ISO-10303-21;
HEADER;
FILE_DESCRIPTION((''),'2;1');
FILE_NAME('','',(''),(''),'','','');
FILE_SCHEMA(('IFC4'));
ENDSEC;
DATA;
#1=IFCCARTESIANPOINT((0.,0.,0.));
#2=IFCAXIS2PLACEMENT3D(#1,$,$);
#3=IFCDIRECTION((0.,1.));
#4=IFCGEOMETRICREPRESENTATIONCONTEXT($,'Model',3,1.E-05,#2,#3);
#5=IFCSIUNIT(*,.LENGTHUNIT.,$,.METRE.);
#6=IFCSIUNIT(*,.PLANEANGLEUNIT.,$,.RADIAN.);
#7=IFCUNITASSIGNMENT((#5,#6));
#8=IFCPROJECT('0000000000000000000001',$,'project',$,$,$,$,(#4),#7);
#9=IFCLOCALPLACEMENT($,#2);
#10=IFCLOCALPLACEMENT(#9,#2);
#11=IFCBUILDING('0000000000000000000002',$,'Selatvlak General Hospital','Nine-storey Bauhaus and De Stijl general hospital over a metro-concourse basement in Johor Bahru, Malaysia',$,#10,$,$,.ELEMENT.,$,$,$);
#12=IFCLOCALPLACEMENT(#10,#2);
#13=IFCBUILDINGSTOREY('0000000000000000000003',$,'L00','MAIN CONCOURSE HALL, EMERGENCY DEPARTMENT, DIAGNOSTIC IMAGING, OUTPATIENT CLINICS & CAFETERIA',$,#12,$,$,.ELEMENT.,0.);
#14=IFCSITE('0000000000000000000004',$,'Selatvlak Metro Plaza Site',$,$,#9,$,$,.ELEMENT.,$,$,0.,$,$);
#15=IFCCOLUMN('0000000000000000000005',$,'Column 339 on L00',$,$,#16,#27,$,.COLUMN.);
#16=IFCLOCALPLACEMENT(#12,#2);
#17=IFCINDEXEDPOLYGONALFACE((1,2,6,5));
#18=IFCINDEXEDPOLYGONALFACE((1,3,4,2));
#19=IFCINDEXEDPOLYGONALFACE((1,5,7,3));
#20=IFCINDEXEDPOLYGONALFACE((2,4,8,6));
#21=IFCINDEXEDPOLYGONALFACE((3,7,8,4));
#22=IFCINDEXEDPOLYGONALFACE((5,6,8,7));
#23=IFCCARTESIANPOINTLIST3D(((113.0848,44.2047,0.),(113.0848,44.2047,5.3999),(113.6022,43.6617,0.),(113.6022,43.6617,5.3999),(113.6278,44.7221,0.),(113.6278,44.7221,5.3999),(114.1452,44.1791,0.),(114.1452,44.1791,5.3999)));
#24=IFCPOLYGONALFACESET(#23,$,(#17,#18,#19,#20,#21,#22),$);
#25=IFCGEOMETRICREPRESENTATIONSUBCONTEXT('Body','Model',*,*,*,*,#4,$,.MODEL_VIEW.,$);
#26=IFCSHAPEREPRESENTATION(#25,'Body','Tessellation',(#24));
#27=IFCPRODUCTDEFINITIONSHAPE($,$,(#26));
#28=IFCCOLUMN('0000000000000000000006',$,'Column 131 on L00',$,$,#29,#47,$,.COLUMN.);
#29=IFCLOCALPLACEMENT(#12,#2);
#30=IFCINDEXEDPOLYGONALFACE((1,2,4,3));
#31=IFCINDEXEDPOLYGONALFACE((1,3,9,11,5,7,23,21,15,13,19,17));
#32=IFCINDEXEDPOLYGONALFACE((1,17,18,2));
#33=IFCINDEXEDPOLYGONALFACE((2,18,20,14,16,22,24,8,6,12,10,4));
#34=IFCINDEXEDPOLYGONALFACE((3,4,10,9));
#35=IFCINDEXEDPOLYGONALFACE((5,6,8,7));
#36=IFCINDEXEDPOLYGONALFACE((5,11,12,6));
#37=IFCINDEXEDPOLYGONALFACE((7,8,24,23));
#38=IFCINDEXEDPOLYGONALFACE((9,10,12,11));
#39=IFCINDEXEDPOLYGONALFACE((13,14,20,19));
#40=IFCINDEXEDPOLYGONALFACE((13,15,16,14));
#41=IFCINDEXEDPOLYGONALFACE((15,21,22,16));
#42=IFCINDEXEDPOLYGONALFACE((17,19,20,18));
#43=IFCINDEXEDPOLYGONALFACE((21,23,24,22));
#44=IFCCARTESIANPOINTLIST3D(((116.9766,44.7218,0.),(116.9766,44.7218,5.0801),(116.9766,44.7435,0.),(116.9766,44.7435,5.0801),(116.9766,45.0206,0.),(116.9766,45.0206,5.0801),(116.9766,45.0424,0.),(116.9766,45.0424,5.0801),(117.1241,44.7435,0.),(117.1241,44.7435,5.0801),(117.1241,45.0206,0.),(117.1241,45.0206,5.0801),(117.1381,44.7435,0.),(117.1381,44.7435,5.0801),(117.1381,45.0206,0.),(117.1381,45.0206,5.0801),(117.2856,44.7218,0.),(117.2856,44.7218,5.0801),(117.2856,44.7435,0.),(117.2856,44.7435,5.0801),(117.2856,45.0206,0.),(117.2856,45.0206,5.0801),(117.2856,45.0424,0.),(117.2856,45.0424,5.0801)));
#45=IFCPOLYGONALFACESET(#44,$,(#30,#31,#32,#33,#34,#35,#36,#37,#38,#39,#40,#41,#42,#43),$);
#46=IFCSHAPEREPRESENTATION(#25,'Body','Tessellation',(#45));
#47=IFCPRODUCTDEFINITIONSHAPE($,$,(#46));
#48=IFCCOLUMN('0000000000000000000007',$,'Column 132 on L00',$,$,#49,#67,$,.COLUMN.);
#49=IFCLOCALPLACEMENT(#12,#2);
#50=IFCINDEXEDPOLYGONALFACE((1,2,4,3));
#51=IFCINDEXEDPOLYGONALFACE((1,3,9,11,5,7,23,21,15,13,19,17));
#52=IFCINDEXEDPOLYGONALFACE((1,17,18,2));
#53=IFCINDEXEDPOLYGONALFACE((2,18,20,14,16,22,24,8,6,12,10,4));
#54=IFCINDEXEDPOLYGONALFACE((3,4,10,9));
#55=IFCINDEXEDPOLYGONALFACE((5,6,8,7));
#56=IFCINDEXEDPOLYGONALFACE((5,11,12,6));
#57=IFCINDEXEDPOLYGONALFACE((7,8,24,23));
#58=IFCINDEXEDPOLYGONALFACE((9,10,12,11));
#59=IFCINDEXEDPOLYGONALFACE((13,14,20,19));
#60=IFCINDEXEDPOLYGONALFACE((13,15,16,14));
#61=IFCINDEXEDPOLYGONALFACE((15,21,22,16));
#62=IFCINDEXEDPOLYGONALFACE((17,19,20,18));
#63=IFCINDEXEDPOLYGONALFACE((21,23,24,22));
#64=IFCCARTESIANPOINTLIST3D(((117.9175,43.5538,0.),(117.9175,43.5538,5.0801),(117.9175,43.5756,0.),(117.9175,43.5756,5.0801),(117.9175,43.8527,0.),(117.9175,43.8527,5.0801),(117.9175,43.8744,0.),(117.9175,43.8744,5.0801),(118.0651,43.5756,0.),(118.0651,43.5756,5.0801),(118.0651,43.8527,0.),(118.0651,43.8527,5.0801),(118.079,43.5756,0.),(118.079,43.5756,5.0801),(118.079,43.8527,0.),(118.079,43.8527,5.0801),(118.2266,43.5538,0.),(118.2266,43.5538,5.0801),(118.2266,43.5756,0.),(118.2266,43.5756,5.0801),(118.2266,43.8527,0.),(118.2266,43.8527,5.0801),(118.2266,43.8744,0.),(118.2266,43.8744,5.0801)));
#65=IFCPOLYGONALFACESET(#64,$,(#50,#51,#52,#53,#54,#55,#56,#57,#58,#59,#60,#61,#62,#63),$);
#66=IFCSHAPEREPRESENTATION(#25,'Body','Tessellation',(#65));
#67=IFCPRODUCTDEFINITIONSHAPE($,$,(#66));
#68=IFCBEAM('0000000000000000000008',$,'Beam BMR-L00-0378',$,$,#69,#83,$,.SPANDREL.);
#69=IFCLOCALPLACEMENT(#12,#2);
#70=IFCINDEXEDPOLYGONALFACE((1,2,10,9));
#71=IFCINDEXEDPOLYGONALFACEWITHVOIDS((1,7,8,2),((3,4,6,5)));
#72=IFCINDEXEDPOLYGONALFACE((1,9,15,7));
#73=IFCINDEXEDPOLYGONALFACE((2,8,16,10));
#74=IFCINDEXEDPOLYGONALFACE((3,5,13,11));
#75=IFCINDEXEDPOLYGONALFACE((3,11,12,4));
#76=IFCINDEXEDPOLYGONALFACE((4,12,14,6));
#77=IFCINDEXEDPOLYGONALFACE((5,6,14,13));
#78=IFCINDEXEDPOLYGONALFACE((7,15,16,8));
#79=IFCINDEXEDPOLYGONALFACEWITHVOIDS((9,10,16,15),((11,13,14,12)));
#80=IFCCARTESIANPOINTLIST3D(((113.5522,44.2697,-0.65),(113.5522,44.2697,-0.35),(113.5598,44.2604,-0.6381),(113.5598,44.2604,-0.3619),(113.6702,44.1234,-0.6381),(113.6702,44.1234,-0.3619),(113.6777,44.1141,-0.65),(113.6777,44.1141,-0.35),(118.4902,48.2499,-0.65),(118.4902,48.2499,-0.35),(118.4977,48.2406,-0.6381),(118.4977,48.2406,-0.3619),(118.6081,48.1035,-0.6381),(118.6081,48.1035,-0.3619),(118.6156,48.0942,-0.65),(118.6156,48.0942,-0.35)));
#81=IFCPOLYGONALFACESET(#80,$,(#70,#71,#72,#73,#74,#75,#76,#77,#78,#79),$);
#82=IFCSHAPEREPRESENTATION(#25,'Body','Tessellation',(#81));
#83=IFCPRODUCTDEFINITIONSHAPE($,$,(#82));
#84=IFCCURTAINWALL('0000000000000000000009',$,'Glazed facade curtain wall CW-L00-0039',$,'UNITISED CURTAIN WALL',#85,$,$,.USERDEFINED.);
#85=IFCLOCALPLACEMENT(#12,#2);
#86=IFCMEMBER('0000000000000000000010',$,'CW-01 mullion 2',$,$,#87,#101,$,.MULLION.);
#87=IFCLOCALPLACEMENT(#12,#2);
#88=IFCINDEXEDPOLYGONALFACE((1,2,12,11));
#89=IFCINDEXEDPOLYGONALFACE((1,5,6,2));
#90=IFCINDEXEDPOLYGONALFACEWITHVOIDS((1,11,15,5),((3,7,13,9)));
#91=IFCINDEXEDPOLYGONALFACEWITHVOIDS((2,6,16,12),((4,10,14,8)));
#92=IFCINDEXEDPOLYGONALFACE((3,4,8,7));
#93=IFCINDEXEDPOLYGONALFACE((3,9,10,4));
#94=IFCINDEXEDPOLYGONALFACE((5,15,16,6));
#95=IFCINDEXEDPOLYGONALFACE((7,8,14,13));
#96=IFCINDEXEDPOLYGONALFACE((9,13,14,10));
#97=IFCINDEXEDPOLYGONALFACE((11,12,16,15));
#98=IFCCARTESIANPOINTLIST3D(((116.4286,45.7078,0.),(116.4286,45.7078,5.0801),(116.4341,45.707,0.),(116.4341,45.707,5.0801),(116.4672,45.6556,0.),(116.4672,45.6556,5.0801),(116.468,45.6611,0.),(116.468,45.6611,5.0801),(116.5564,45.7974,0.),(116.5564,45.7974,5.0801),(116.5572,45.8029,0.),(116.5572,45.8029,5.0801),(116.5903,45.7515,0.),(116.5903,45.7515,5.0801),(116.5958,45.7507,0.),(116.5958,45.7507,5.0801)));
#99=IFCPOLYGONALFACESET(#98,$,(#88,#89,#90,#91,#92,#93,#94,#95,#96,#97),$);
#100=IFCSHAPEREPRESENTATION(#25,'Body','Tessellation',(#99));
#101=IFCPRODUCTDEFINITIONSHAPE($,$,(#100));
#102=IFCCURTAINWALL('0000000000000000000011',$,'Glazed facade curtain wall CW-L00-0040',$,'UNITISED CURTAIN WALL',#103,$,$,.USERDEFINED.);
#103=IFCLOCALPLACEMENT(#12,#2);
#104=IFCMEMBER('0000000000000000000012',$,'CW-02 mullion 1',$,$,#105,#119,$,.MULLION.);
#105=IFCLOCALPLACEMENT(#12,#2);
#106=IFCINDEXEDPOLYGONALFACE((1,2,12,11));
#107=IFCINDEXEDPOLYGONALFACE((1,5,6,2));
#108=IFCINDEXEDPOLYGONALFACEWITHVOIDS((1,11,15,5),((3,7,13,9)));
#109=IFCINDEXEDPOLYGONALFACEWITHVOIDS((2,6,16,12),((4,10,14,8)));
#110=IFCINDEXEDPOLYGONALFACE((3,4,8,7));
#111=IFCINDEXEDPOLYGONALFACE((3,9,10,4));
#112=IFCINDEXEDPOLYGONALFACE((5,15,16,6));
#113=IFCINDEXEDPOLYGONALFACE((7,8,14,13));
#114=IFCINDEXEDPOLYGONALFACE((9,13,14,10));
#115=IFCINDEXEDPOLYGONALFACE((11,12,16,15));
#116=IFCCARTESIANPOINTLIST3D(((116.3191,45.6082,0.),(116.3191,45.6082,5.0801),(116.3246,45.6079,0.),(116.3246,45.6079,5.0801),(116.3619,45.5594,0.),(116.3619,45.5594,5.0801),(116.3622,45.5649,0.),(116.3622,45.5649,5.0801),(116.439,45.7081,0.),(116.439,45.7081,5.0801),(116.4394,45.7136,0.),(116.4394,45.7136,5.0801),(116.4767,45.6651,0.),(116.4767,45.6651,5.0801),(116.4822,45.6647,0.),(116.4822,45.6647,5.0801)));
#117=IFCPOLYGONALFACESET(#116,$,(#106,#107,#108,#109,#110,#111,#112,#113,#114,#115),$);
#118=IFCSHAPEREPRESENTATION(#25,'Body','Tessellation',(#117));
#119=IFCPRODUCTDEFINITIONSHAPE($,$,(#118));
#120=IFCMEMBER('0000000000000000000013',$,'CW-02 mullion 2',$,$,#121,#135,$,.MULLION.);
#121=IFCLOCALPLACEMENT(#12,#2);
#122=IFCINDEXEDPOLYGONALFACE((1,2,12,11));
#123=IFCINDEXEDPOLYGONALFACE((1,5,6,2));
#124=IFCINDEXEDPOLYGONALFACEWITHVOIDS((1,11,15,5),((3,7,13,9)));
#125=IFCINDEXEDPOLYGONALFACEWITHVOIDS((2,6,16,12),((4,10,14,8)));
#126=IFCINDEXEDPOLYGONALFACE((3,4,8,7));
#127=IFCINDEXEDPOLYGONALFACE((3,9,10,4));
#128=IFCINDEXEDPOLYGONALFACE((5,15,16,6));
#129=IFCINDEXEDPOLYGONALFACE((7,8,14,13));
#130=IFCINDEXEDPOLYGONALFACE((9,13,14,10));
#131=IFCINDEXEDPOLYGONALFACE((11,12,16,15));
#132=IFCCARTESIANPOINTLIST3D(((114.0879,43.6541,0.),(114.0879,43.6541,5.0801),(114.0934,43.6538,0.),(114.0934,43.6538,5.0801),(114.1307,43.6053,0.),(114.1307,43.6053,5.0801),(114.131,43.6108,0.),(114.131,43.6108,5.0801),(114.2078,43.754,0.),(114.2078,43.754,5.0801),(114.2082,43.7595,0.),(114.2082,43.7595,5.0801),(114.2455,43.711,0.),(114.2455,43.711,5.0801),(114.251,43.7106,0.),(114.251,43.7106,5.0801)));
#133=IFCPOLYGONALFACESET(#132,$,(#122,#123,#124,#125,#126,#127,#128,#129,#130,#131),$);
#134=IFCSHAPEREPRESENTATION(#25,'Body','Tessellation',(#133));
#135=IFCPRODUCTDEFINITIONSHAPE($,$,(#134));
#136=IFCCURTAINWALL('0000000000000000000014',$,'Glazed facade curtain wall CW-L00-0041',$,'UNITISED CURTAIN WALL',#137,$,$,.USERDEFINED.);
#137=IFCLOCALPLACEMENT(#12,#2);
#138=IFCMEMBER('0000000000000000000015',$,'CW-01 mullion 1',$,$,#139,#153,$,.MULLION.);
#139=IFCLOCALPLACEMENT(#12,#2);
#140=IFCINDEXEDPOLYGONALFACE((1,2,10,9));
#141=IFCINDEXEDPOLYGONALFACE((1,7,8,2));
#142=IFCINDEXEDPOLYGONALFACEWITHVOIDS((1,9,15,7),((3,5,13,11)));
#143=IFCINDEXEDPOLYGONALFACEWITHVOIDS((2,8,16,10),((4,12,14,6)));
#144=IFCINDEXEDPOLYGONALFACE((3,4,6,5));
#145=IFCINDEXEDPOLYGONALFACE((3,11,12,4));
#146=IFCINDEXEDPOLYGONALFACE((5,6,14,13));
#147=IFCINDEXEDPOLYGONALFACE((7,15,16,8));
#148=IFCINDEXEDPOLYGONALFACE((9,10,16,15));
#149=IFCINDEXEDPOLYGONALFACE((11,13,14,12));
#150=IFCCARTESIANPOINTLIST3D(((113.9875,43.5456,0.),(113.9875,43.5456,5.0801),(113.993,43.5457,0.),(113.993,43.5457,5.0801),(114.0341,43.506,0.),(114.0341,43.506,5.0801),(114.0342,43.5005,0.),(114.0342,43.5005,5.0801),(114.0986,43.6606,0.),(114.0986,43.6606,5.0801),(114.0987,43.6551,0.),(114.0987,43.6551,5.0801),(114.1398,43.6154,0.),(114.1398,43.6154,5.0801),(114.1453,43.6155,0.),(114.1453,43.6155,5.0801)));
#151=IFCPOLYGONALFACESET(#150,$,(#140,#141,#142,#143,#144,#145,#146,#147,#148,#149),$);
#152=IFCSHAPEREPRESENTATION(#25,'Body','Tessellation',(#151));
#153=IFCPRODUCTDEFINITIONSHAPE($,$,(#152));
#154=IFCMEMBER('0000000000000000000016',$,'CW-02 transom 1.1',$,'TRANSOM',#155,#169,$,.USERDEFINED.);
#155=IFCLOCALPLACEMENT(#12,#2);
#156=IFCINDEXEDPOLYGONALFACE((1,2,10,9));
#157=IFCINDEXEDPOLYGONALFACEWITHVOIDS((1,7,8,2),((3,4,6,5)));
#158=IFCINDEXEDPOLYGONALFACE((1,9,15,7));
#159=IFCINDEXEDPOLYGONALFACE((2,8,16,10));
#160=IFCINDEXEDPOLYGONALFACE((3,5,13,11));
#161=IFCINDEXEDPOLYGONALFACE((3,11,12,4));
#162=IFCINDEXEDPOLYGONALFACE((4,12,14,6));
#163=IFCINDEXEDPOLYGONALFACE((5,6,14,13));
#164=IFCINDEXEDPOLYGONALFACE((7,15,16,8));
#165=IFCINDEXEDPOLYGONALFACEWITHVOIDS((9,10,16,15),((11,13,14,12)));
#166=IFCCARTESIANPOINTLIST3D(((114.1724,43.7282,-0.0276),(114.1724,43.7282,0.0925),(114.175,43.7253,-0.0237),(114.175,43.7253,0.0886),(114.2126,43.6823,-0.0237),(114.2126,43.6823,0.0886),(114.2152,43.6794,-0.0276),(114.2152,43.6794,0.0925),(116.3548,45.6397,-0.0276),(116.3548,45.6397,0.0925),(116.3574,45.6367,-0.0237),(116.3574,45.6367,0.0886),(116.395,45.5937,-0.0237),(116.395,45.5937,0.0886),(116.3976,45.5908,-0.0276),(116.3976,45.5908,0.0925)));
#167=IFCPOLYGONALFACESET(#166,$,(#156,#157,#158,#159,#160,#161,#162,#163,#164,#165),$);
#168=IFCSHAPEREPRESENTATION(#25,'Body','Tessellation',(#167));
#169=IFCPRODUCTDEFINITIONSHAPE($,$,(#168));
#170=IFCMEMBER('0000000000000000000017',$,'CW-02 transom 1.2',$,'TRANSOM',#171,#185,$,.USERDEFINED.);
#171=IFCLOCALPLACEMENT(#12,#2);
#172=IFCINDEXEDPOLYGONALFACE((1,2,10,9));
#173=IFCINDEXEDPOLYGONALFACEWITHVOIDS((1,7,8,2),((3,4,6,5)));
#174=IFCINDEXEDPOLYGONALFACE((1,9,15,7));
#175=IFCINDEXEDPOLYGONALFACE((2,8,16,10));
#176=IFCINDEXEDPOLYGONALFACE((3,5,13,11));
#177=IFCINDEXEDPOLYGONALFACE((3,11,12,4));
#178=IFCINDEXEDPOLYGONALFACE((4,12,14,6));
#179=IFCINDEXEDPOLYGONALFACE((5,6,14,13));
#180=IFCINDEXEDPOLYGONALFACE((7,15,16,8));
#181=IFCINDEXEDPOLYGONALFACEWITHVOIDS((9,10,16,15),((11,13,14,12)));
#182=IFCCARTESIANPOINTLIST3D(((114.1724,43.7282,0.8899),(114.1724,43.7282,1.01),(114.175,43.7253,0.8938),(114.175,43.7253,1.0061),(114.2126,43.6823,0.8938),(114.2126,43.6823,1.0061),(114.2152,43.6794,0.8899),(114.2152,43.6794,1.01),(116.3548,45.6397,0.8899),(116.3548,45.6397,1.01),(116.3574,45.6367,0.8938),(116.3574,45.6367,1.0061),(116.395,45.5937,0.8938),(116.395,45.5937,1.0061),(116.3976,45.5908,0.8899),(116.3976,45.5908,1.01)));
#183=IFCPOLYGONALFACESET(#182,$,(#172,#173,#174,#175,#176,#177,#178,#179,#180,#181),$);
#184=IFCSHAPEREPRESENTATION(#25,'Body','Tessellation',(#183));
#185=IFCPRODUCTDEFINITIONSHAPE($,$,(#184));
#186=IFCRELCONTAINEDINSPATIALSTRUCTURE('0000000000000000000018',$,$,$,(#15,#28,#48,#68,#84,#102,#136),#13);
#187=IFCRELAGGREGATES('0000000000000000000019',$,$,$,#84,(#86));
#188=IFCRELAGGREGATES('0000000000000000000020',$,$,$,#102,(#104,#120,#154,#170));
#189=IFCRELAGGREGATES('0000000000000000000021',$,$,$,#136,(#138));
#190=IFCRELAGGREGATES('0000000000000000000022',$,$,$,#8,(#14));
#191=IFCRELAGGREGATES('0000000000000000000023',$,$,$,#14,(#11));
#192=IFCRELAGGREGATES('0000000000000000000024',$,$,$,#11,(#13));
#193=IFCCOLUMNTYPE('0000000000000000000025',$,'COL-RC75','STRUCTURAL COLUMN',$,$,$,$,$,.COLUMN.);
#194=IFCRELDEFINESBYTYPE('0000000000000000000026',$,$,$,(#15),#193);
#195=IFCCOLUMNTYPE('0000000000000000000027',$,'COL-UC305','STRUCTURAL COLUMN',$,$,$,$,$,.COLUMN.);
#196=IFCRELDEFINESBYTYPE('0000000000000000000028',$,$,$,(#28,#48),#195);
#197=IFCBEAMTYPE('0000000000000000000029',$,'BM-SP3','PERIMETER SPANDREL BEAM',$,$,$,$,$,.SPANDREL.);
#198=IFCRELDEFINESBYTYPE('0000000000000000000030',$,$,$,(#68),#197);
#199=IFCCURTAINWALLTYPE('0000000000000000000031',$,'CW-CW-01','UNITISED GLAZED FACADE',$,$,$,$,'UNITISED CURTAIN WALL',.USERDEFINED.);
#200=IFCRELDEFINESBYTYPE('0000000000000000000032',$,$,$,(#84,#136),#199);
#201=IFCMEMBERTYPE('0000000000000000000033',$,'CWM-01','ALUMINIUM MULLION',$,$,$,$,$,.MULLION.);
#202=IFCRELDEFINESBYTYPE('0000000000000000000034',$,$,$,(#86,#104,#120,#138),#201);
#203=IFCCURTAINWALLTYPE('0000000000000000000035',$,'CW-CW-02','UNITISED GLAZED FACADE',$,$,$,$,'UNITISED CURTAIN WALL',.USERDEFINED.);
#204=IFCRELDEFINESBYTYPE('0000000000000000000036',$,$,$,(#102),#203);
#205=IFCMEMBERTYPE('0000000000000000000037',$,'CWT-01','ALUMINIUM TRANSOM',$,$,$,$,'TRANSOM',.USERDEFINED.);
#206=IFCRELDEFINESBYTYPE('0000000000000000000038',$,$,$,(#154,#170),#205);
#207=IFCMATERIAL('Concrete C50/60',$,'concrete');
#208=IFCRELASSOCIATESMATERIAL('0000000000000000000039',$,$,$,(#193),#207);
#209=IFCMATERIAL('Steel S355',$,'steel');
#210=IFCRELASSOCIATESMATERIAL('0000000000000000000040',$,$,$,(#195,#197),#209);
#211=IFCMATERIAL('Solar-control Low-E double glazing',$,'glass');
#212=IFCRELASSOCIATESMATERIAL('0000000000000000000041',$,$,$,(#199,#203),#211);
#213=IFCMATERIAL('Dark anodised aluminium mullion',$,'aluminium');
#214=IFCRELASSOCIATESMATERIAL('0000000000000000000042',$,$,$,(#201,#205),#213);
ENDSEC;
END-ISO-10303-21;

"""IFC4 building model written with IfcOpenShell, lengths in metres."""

from ifc_helpers import new_model, si_unit, direction, frame, origin, origin_2d, place, context, subcontext, project, spatial, rectangle, hollow_rectangle, i_section, extrude, material, material_profile, profile_set, type_object, element, aggregate, save


model = new_model("IFC4")

# Units and contexts
model_context = context("Model", 3, precision=1e-05, world=origin(), true_north=direction((0.0, 1.0)))
body_context = subcontext(model_context, "Body", "Model", "MODEL_VIEW")
ifc_project = project(units=[si_unit("LENGTHUNIT", "METRE"), si_unit("PLANEANGLEUNIT", "RADIAN")], contexts=[model_context])

# Site, building, storey
site_placement = place(None, origin())
site = spatial("IfcSite", under=ifc_project, at=site_placement, Name="Selatvlak Metro Plaza Site", CompositionType="ELEMENT", RefElevation=0.0)
building_placement = place(site_placement, origin())
building = spatial("IfcBuilding", under=site, at=building_placement, Name="Selatvlak General Hospital", Description="Nine-storey Bauhaus and De Stijl general hospital over a metro-concourse basement in Johor Bahru, Malaysia", CompositionType="ELEMENT")
storey_placement = place(building_placement, origin())
storey = spatial("IfcBuildingStorey", under=building, at=storey_placement, Name="L00", Description="MAIN CONCOURSE HALL, EMERGENCY DEPARTMENT, DIAGNOSTIC IMAGING, OUTPATIENT CLINICS & CAFETERIA", CompositionType="ELEMENT", Elevation=0.0)

# Columns
ifc_material_1 = material(Name="Concrete C50/60", Category="concrete")
ifc_material_profile_1 = material_profile(ifc_material_1, rectangle(XDim=0.75, YDim=0.75, at=origin_2d()), Name="RC-COL 750x750")
ifc_profile_set_1 = profile_set([ifc_material_profile_1], Name="Concrete C50/60")
column_type_1 = type_object("IfcColumnType", Name="COL-RC75", Description="STRUCTURAL COLUMN", PredefinedType="COLUMN", material=ifc_profile_set_1)
column_placement = place(storey_placement, frame((113.615, 44.1919, 0.0), z_axis=(0.0, 0.0, 1.0), x_axis=(-0.689872, 0.723931, 0.0)))
element("IfcColumn", 1, at=column_placement, inside=storey, type_object=column_type_1, Name="Column 339 on L00", PredefinedType="COLUMN", context=body_context, shape_type="SweptSolid", body=[
    extrude(rectangle(XDim=0.75, YDim=0.75, at=origin_2d()), origin(), (0.0, 0.0, 1.0), 5.3999),
])
ifc_material_2 = material(Name="Steel S355", Category="steel")
ifc_material_profile_2 = material_profile(ifc_material_2, i_section(OverallWidth=0.3091, OverallDepth=0.3206, WebThickness=0.0139, FlangeThickness=0.0217, at=origin_2d()), Name="UC 305x305x137")
ifc_profile_set_2 = profile_set([ifc_material_profile_2], Name="Steel S355")
column_type_2 = type_object("IfcColumnType", Name="COL-UC305", Description="STRUCTURAL COLUMN", PredefinedType="COLUMN", material=ifc_profile_set_2)
for number, where, z_axis, x_axis, name in (
    (2, (117.1311, 44.8821, 0.0), (0.0, 0.0, 1.0), (1.0, 0.0, 0.0), "Column 131 on L00"),
    (3, (118.072, 43.7141, 0.0), (0.0, 0.0, 1.0), (1.0, 0.0, 0.0), "Column 132 on L00"),
):
    element("IfcColumn", number, at=place(storey_placement, frame(where, z_axis=z_axis, x_axis=x_axis)), inside=storey, type_object=column_type_2, Name=name, PredefinedType="COLUMN", context=body_context, shape_type="SweptSolid", body=[
        extrude(i_section(OverallWidth=0.3091, OverallDepth=0.3206, WebThickness=0.0139, FlangeThickness=0.0217, at=origin_2d()), origin(), (0.0, 0.0, 1.0), 5.0801),
    ])

# Beam
ifc_material_profile_3 = material_profile(ifc_material_2, hollow_rectangle(XDim=0.2, YDim=0.3, WallThickness=0.012, at=origin_2d()), Name="RHS 300x200x12")
ifc_profile_set_3 = profile_set([ifc_material_profile_3], Name="Steel S355")
beam_type = type_object("IfcBeamType", Name="BM-SP3", Description="PERIMETER SPANDREL BEAM", PredefinedType="SPANDREL", material=ifc_profile_set_3)
beam_placement = place(storey_placement, frame((113.615, 44.1919, -0.5), z_axis=(0.778569, 0.627559, 0.0), x_axis=(-0.627559, 0.778569, 0.0)))
element("IfcBeam", 4, at=beam_placement, inside=storey, type_object=beam_type, Name="Beam BMR-L00-0378", PredefinedType="SPANDREL", context=body_context, shape_type="SweptSolid", body=[
    extrude(hollow_rectangle(XDim=0.2, YDim=0.3, WallThickness=0.012, at=origin_2d()), origin(), (0.0, 0.0, 1.0), 6.3423),
])

# Curtain wall, member
ifc_material_3 = material(Name="Solar-control Low-E double glazing", Category="glass")
curtain_wall_type_1 = type_object("IfcCurtainWallType", Name="CW-CW-01", Description="UNITISED GLAZED FACADE", ElementType="UNITISED CURTAIN WALL", PredefinedType="USERDEFINED", material=ifc_material_3)
curtain_wall_1_placement = place(storey_placement, origin())
curtain_wall_1 = element("IfcCurtainWall", 5, at=curtain_wall_1_placement, inside=storey, type_object=curtain_wall_type_1, Name="Glazed facade curtain wall CW-L00-0039", ObjectType="UNITISED CURTAIN WALL", PredefinedType="USERDEFINED")
ifc_material_4 = material(Name="Dark anodised aluminium mullion", Category="aluminium")
ifc_material_profile_4 = material_profile(ifc_material_4, hollow_rectangle(XDim=0.0649, YDim=0.1599, WallThickness=0.0039, at=origin_2d()), Name="AL-MUL 65x160x4")
ifc_profile_set_4 = profile_set([ifc_material_profile_4], Name="Dark anodised aluminium mullion")
member_type_1 = type_object("IfcMemberType", Name="CWM-01", Description="ALUMINIUM MULLION", PredefinedType="MULLION", material=ifc_profile_set_4)
member_1_placement = place(storey_placement, frame((116.5122, 45.7292, 0.0), z_axis=(0.0, 0.0, 1.0), x_axis=(0.594604, -0.804018, 0.0)))
member_1 = element("IfcMember", 6, at=member_1_placement, type_object=member_type_1, Name="CW-01 mullion 2", PredefinedType="MULLION", context=body_context, shape_type="SweptSolid", body=[
    extrude(hollow_rectangle(XDim=0.0649, YDim=0.1599, WallThickness=0.0039, at=origin_2d()), origin(), (0.0, 0.0, 1.0), 5.0801),
])
aggregate(curtain_wall_1, [member_1])

# Curtain wall, members
curtain_wall_type_2 = type_object("IfcCurtainWallType", Name="CW-CW-02", Description="UNITISED GLAZED FACADE", ElementType="UNITISED CURTAIN WALL", PredefinedType="USERDEFINED", material=ifc_material_3)
curtain_wall_2_placement = place(storey_placement, origin())
curtain_wall_2 = element("IfcCurtainWall", 7, at=curtain_wall_2_placement, inside=storey, type_object=curtain_wall_type_2, Name="Glazed facade curtain wall CW-L00-0040", ObjectType="UNITISED CURTAIN WALL", PredefinedType="USERDEFINED")
member_2_placement = place(storey_placement, frame((116.4006, 45.6365, 0.0), z_axis=(0.0, 0.0, 1.0), x_axis=(0.658878, -0.75225, 0.0)))
member_2 = element("IfcMember", 8, at=member_2_placement, type_object=member_type_1, Name="CW-02 mullion 1", PredefinedType="MULLION", context=body_context, shape_type="SweptSolid", body=[
    extrude(hollow_rectangle(XDim=0.0649, YDim=0.1599, WallThickness=0.0039, at=origin_2d()), origin(), (0.0, 0.0, 1.0), 5.0801),
])
member_3_placement = place(storey_placement, frame((114.1694, 43.6824, 0.0), z_axis=(0.0, 0.0, 1.0), x_axis=(0.658878, -0.75225, 0.0)))
member_3 = element("IfcMember", 9, at=member_3_placement, type_object=member_type_1, Name="CW-02 mullion 2", PredefinedType="MULLION", context=body_context, shape_type="SweptSolid", body=[
    extrude(hollow_rectangle(XDim=0.0649, YDim=0.1599, WallThickness=0.0039, at=origin_2d()), origin(), (0.0, 0.0, 1.0), 5.0801),
])

# Curtain wall, member
curtain_wall_3_placement = place(storey_placement, origin())
curtain_wall_3 = element("IfcCurtainWall", 10, at=curtain_wall_3_placement, inside=storey, type_object=curtain_wall_type_1, Name="Glazed facade curtain wall CW-L00-0041", ObjectType="UNITISED CURTAIN WALL", PredefinedType="USERDEFINED")
member_4_placement = place(storey_placement, frame((114.0664, 43.5806, 0.0), z_axis=(0.0, 0.0, 1.0), x_axis=(0.719197, -0.694806, 0.0)))
member_4 = element("IfcMember", 11, at=member_4_placement, type_object=member_type_1, Name="CW-01 mullion 1", PredefinedType="MULLION", context=body_context, shape_type="SweptSolid", body=[
    extrude(hollow_rectangle(XDim=0.0649, YDim=0.1599, WallThickness=0.0039, at=origin_2d()), origin(), (0.0, 0.0, 1.0), 5.0801),
])

# Members
ifc_material_profile_5 = material_profile(ifc_material_4, hollow_rectangle(XDim=0.0649, YDim=0.1201, WallThickness=0.0039, at=origin_2d()), Name="AL-TRN 65x120x4")
ifc_profile_set_5 = profile_set([ifc_material_profile_5], Name="Dark anodised aluminium mullion")
member_type_2 = type_object("IfcMemberType", Name="CWT-01", Description="ALUMINIUM TRANSOM", ElementType="TRANSOM", PredefinedType="USERDEFINED", material=ifc_profile_set_5)
member_5_placement = place(storey_placement, frame((116.3762, 45.6152, 0.0325), z_axis=(-0.752269, -0.658856, 0.0), x_axis=(0.658856, -0.752269, 0.0)))
member_5 = element("IfcMember", 12, at=member_5_placement, type_object=member_type_2, Name="CW-02 transom 1.1", ObjectType="TRANSOM", PredefinedType="USERDEFINED", context=body_context, shape_type="SweptSolid", body=[
    extrude(hollow_rectangle(XDim=0.0649, YDim=0.1201, WallThickness=0.0039, at=origin_2d()), origin(), (0.0, 0.0, 1.0), 2.9011),
])
member_6_placement = place(storey_placement, frame((116.3762, 45.6152, 0.95), z_axis=(-0.752269, -0.658856, 0.0), x_axis=(0.658856, -0.752269, 0.0)))
member_6 = element("IfcMember", 13, at=member_6_placement, type_object=member_type_2, Name="CW-02 transom 1.2", ObjectType="TRANSOM", PredefinedType="USERDEFINED", context=body_context, shape_type="SweptSolid", body=[
    extrude(hollow_rectangle(XDim=0.0649, YDim=0.1201, WallThickness=0.0039, at=origin_2d()), origin(), (0.0, 0.0, 1.0), 2.9011),
])

aggregate(curtain_wall_2, [member_2, member_3, member_5, member_6])
aggregate(curtain_wall_3, [member_4])

save(model, "model.ifc")
